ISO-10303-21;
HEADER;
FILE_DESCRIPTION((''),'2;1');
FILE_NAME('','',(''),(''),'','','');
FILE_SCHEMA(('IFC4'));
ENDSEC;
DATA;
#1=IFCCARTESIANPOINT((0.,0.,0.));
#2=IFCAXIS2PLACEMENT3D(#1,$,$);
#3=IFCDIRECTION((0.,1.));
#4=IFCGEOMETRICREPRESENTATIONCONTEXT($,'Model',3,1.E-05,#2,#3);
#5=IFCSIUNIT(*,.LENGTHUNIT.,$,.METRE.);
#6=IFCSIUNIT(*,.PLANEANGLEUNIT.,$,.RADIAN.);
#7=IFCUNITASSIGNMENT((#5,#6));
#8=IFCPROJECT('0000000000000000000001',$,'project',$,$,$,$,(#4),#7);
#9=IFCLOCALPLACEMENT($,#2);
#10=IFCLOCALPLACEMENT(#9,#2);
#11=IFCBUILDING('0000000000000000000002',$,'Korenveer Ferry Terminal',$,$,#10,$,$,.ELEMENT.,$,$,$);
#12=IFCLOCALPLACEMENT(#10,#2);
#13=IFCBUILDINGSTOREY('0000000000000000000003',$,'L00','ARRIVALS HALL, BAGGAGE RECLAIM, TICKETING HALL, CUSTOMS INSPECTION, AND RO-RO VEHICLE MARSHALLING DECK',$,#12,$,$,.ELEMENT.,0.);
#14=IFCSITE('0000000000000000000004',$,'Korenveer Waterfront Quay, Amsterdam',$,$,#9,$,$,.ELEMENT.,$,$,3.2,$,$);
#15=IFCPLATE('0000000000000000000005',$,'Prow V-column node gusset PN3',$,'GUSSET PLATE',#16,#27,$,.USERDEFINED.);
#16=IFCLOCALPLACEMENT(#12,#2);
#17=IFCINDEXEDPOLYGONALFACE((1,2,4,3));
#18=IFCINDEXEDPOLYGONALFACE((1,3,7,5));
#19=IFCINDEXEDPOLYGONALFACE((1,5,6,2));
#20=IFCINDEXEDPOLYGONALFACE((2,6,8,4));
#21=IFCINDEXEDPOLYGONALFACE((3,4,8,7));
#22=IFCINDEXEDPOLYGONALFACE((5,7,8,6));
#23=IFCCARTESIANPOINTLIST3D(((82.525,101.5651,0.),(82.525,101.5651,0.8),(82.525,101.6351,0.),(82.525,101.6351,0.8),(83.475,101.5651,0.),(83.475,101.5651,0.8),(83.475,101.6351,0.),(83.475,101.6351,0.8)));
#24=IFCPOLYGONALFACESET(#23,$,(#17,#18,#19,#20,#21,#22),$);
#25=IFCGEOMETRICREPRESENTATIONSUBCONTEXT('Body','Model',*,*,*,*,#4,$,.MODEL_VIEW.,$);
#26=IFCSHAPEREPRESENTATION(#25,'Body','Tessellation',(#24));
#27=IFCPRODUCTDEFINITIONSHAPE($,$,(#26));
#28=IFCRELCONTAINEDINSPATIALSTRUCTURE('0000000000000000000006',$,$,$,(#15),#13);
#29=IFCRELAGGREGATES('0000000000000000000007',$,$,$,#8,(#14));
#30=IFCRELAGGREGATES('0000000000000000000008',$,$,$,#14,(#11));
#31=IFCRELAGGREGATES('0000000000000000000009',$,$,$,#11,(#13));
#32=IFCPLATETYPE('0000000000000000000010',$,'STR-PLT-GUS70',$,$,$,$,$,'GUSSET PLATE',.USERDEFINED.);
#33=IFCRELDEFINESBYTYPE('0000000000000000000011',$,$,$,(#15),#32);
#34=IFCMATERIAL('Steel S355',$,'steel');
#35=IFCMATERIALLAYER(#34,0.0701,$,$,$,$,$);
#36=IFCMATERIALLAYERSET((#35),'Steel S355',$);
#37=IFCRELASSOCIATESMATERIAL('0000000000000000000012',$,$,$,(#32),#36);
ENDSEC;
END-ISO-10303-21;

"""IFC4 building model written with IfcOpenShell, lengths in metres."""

from ifc_helpers import new_model, si_unit, direction, frame, origin, origin_2d, place, context, subcontext, project, spatial, rectangle, extrude, material, layer, layer_set, type_object, element, save


model = new_model("IFC4")

# Units and contexts
model_context = context("Model", 3, precision=1e-05, world=origin(), true_north=direction((0.0, 1.0)))
body_context = subcontext(model_context, "Body", "Model", "MODEL_VIEW")
ifc_project = project(units=[si_unit("LENGTHUNIT", "METRE"), si_unit("PLANEANGLEUNIT", "RADIAN")], contexts=[model_context])

# Site, building, storey
site_placement = place(None, origin())
site = spatial("IfcSite", under=ifc_project, at=site_placement, Name="Korenveer Waterfront Quay, Amsterdam", CompositionType="ELEMENT", RefElevation=3.2)
building_placement = place(site_placement, origin())
building = spatial("IfcBuilding", under=site, at=building_placement, Name="Korenveer Ferry Terminal", CompositionType="ELEMENT")
storey_placement = place(building_placement, origin())
storey = spatial("IfcBuildingStorey", under=building, at=storey_placement, Name="L00", Description="ARRIVALS HALL, BAGGAGE RECLAIM, TICKETING HALL, CUSTOMS INSPECTION, AND RO-RO VEHICLE MARSHALLING DECK", CompositionType="ELEMENT", Elevation=0.0)

# Shared definitions
ifc_material_1 = material(Name="Steel S355", Category="steel")

# Plate
ifc_layer_1 = layer(ifc_material_1, 0.0701)
ifc_layer_set_1 = layer_set([ifc_layer_1], Name="Steel S355")
plate_type_1 = type_object("IfcPlateType", Name="STR-PLT-GUS70", ElementType="GUSSET PLATE", PredefinedType="USERDEFINED", material=ifc_layer_set_1)
plate_1_placement = place(storey_placement, frame((83.0, 101.6001, 0.0), z_axis=(0.0, 0.0, 1.0), x_axis=(1.0, 0.0, 0.0)))
element("IfcPlate", 1, at=plate_1_placement, inside=storey, type_object=plate_type_1, Name="Prow V-column node gusset PN3", ObjectType="GUSSET PLATE", PredefinedType="USERDEFINED", context=body_context, shape_type="SweptSolid", body=[
    extrude(rectangle(XDim=0.95, YDim=0.0701, at=origin_2d()), origin(), (0.0, 0.0, 1.0), 0.8),
])

save(model, "model.ifc")
